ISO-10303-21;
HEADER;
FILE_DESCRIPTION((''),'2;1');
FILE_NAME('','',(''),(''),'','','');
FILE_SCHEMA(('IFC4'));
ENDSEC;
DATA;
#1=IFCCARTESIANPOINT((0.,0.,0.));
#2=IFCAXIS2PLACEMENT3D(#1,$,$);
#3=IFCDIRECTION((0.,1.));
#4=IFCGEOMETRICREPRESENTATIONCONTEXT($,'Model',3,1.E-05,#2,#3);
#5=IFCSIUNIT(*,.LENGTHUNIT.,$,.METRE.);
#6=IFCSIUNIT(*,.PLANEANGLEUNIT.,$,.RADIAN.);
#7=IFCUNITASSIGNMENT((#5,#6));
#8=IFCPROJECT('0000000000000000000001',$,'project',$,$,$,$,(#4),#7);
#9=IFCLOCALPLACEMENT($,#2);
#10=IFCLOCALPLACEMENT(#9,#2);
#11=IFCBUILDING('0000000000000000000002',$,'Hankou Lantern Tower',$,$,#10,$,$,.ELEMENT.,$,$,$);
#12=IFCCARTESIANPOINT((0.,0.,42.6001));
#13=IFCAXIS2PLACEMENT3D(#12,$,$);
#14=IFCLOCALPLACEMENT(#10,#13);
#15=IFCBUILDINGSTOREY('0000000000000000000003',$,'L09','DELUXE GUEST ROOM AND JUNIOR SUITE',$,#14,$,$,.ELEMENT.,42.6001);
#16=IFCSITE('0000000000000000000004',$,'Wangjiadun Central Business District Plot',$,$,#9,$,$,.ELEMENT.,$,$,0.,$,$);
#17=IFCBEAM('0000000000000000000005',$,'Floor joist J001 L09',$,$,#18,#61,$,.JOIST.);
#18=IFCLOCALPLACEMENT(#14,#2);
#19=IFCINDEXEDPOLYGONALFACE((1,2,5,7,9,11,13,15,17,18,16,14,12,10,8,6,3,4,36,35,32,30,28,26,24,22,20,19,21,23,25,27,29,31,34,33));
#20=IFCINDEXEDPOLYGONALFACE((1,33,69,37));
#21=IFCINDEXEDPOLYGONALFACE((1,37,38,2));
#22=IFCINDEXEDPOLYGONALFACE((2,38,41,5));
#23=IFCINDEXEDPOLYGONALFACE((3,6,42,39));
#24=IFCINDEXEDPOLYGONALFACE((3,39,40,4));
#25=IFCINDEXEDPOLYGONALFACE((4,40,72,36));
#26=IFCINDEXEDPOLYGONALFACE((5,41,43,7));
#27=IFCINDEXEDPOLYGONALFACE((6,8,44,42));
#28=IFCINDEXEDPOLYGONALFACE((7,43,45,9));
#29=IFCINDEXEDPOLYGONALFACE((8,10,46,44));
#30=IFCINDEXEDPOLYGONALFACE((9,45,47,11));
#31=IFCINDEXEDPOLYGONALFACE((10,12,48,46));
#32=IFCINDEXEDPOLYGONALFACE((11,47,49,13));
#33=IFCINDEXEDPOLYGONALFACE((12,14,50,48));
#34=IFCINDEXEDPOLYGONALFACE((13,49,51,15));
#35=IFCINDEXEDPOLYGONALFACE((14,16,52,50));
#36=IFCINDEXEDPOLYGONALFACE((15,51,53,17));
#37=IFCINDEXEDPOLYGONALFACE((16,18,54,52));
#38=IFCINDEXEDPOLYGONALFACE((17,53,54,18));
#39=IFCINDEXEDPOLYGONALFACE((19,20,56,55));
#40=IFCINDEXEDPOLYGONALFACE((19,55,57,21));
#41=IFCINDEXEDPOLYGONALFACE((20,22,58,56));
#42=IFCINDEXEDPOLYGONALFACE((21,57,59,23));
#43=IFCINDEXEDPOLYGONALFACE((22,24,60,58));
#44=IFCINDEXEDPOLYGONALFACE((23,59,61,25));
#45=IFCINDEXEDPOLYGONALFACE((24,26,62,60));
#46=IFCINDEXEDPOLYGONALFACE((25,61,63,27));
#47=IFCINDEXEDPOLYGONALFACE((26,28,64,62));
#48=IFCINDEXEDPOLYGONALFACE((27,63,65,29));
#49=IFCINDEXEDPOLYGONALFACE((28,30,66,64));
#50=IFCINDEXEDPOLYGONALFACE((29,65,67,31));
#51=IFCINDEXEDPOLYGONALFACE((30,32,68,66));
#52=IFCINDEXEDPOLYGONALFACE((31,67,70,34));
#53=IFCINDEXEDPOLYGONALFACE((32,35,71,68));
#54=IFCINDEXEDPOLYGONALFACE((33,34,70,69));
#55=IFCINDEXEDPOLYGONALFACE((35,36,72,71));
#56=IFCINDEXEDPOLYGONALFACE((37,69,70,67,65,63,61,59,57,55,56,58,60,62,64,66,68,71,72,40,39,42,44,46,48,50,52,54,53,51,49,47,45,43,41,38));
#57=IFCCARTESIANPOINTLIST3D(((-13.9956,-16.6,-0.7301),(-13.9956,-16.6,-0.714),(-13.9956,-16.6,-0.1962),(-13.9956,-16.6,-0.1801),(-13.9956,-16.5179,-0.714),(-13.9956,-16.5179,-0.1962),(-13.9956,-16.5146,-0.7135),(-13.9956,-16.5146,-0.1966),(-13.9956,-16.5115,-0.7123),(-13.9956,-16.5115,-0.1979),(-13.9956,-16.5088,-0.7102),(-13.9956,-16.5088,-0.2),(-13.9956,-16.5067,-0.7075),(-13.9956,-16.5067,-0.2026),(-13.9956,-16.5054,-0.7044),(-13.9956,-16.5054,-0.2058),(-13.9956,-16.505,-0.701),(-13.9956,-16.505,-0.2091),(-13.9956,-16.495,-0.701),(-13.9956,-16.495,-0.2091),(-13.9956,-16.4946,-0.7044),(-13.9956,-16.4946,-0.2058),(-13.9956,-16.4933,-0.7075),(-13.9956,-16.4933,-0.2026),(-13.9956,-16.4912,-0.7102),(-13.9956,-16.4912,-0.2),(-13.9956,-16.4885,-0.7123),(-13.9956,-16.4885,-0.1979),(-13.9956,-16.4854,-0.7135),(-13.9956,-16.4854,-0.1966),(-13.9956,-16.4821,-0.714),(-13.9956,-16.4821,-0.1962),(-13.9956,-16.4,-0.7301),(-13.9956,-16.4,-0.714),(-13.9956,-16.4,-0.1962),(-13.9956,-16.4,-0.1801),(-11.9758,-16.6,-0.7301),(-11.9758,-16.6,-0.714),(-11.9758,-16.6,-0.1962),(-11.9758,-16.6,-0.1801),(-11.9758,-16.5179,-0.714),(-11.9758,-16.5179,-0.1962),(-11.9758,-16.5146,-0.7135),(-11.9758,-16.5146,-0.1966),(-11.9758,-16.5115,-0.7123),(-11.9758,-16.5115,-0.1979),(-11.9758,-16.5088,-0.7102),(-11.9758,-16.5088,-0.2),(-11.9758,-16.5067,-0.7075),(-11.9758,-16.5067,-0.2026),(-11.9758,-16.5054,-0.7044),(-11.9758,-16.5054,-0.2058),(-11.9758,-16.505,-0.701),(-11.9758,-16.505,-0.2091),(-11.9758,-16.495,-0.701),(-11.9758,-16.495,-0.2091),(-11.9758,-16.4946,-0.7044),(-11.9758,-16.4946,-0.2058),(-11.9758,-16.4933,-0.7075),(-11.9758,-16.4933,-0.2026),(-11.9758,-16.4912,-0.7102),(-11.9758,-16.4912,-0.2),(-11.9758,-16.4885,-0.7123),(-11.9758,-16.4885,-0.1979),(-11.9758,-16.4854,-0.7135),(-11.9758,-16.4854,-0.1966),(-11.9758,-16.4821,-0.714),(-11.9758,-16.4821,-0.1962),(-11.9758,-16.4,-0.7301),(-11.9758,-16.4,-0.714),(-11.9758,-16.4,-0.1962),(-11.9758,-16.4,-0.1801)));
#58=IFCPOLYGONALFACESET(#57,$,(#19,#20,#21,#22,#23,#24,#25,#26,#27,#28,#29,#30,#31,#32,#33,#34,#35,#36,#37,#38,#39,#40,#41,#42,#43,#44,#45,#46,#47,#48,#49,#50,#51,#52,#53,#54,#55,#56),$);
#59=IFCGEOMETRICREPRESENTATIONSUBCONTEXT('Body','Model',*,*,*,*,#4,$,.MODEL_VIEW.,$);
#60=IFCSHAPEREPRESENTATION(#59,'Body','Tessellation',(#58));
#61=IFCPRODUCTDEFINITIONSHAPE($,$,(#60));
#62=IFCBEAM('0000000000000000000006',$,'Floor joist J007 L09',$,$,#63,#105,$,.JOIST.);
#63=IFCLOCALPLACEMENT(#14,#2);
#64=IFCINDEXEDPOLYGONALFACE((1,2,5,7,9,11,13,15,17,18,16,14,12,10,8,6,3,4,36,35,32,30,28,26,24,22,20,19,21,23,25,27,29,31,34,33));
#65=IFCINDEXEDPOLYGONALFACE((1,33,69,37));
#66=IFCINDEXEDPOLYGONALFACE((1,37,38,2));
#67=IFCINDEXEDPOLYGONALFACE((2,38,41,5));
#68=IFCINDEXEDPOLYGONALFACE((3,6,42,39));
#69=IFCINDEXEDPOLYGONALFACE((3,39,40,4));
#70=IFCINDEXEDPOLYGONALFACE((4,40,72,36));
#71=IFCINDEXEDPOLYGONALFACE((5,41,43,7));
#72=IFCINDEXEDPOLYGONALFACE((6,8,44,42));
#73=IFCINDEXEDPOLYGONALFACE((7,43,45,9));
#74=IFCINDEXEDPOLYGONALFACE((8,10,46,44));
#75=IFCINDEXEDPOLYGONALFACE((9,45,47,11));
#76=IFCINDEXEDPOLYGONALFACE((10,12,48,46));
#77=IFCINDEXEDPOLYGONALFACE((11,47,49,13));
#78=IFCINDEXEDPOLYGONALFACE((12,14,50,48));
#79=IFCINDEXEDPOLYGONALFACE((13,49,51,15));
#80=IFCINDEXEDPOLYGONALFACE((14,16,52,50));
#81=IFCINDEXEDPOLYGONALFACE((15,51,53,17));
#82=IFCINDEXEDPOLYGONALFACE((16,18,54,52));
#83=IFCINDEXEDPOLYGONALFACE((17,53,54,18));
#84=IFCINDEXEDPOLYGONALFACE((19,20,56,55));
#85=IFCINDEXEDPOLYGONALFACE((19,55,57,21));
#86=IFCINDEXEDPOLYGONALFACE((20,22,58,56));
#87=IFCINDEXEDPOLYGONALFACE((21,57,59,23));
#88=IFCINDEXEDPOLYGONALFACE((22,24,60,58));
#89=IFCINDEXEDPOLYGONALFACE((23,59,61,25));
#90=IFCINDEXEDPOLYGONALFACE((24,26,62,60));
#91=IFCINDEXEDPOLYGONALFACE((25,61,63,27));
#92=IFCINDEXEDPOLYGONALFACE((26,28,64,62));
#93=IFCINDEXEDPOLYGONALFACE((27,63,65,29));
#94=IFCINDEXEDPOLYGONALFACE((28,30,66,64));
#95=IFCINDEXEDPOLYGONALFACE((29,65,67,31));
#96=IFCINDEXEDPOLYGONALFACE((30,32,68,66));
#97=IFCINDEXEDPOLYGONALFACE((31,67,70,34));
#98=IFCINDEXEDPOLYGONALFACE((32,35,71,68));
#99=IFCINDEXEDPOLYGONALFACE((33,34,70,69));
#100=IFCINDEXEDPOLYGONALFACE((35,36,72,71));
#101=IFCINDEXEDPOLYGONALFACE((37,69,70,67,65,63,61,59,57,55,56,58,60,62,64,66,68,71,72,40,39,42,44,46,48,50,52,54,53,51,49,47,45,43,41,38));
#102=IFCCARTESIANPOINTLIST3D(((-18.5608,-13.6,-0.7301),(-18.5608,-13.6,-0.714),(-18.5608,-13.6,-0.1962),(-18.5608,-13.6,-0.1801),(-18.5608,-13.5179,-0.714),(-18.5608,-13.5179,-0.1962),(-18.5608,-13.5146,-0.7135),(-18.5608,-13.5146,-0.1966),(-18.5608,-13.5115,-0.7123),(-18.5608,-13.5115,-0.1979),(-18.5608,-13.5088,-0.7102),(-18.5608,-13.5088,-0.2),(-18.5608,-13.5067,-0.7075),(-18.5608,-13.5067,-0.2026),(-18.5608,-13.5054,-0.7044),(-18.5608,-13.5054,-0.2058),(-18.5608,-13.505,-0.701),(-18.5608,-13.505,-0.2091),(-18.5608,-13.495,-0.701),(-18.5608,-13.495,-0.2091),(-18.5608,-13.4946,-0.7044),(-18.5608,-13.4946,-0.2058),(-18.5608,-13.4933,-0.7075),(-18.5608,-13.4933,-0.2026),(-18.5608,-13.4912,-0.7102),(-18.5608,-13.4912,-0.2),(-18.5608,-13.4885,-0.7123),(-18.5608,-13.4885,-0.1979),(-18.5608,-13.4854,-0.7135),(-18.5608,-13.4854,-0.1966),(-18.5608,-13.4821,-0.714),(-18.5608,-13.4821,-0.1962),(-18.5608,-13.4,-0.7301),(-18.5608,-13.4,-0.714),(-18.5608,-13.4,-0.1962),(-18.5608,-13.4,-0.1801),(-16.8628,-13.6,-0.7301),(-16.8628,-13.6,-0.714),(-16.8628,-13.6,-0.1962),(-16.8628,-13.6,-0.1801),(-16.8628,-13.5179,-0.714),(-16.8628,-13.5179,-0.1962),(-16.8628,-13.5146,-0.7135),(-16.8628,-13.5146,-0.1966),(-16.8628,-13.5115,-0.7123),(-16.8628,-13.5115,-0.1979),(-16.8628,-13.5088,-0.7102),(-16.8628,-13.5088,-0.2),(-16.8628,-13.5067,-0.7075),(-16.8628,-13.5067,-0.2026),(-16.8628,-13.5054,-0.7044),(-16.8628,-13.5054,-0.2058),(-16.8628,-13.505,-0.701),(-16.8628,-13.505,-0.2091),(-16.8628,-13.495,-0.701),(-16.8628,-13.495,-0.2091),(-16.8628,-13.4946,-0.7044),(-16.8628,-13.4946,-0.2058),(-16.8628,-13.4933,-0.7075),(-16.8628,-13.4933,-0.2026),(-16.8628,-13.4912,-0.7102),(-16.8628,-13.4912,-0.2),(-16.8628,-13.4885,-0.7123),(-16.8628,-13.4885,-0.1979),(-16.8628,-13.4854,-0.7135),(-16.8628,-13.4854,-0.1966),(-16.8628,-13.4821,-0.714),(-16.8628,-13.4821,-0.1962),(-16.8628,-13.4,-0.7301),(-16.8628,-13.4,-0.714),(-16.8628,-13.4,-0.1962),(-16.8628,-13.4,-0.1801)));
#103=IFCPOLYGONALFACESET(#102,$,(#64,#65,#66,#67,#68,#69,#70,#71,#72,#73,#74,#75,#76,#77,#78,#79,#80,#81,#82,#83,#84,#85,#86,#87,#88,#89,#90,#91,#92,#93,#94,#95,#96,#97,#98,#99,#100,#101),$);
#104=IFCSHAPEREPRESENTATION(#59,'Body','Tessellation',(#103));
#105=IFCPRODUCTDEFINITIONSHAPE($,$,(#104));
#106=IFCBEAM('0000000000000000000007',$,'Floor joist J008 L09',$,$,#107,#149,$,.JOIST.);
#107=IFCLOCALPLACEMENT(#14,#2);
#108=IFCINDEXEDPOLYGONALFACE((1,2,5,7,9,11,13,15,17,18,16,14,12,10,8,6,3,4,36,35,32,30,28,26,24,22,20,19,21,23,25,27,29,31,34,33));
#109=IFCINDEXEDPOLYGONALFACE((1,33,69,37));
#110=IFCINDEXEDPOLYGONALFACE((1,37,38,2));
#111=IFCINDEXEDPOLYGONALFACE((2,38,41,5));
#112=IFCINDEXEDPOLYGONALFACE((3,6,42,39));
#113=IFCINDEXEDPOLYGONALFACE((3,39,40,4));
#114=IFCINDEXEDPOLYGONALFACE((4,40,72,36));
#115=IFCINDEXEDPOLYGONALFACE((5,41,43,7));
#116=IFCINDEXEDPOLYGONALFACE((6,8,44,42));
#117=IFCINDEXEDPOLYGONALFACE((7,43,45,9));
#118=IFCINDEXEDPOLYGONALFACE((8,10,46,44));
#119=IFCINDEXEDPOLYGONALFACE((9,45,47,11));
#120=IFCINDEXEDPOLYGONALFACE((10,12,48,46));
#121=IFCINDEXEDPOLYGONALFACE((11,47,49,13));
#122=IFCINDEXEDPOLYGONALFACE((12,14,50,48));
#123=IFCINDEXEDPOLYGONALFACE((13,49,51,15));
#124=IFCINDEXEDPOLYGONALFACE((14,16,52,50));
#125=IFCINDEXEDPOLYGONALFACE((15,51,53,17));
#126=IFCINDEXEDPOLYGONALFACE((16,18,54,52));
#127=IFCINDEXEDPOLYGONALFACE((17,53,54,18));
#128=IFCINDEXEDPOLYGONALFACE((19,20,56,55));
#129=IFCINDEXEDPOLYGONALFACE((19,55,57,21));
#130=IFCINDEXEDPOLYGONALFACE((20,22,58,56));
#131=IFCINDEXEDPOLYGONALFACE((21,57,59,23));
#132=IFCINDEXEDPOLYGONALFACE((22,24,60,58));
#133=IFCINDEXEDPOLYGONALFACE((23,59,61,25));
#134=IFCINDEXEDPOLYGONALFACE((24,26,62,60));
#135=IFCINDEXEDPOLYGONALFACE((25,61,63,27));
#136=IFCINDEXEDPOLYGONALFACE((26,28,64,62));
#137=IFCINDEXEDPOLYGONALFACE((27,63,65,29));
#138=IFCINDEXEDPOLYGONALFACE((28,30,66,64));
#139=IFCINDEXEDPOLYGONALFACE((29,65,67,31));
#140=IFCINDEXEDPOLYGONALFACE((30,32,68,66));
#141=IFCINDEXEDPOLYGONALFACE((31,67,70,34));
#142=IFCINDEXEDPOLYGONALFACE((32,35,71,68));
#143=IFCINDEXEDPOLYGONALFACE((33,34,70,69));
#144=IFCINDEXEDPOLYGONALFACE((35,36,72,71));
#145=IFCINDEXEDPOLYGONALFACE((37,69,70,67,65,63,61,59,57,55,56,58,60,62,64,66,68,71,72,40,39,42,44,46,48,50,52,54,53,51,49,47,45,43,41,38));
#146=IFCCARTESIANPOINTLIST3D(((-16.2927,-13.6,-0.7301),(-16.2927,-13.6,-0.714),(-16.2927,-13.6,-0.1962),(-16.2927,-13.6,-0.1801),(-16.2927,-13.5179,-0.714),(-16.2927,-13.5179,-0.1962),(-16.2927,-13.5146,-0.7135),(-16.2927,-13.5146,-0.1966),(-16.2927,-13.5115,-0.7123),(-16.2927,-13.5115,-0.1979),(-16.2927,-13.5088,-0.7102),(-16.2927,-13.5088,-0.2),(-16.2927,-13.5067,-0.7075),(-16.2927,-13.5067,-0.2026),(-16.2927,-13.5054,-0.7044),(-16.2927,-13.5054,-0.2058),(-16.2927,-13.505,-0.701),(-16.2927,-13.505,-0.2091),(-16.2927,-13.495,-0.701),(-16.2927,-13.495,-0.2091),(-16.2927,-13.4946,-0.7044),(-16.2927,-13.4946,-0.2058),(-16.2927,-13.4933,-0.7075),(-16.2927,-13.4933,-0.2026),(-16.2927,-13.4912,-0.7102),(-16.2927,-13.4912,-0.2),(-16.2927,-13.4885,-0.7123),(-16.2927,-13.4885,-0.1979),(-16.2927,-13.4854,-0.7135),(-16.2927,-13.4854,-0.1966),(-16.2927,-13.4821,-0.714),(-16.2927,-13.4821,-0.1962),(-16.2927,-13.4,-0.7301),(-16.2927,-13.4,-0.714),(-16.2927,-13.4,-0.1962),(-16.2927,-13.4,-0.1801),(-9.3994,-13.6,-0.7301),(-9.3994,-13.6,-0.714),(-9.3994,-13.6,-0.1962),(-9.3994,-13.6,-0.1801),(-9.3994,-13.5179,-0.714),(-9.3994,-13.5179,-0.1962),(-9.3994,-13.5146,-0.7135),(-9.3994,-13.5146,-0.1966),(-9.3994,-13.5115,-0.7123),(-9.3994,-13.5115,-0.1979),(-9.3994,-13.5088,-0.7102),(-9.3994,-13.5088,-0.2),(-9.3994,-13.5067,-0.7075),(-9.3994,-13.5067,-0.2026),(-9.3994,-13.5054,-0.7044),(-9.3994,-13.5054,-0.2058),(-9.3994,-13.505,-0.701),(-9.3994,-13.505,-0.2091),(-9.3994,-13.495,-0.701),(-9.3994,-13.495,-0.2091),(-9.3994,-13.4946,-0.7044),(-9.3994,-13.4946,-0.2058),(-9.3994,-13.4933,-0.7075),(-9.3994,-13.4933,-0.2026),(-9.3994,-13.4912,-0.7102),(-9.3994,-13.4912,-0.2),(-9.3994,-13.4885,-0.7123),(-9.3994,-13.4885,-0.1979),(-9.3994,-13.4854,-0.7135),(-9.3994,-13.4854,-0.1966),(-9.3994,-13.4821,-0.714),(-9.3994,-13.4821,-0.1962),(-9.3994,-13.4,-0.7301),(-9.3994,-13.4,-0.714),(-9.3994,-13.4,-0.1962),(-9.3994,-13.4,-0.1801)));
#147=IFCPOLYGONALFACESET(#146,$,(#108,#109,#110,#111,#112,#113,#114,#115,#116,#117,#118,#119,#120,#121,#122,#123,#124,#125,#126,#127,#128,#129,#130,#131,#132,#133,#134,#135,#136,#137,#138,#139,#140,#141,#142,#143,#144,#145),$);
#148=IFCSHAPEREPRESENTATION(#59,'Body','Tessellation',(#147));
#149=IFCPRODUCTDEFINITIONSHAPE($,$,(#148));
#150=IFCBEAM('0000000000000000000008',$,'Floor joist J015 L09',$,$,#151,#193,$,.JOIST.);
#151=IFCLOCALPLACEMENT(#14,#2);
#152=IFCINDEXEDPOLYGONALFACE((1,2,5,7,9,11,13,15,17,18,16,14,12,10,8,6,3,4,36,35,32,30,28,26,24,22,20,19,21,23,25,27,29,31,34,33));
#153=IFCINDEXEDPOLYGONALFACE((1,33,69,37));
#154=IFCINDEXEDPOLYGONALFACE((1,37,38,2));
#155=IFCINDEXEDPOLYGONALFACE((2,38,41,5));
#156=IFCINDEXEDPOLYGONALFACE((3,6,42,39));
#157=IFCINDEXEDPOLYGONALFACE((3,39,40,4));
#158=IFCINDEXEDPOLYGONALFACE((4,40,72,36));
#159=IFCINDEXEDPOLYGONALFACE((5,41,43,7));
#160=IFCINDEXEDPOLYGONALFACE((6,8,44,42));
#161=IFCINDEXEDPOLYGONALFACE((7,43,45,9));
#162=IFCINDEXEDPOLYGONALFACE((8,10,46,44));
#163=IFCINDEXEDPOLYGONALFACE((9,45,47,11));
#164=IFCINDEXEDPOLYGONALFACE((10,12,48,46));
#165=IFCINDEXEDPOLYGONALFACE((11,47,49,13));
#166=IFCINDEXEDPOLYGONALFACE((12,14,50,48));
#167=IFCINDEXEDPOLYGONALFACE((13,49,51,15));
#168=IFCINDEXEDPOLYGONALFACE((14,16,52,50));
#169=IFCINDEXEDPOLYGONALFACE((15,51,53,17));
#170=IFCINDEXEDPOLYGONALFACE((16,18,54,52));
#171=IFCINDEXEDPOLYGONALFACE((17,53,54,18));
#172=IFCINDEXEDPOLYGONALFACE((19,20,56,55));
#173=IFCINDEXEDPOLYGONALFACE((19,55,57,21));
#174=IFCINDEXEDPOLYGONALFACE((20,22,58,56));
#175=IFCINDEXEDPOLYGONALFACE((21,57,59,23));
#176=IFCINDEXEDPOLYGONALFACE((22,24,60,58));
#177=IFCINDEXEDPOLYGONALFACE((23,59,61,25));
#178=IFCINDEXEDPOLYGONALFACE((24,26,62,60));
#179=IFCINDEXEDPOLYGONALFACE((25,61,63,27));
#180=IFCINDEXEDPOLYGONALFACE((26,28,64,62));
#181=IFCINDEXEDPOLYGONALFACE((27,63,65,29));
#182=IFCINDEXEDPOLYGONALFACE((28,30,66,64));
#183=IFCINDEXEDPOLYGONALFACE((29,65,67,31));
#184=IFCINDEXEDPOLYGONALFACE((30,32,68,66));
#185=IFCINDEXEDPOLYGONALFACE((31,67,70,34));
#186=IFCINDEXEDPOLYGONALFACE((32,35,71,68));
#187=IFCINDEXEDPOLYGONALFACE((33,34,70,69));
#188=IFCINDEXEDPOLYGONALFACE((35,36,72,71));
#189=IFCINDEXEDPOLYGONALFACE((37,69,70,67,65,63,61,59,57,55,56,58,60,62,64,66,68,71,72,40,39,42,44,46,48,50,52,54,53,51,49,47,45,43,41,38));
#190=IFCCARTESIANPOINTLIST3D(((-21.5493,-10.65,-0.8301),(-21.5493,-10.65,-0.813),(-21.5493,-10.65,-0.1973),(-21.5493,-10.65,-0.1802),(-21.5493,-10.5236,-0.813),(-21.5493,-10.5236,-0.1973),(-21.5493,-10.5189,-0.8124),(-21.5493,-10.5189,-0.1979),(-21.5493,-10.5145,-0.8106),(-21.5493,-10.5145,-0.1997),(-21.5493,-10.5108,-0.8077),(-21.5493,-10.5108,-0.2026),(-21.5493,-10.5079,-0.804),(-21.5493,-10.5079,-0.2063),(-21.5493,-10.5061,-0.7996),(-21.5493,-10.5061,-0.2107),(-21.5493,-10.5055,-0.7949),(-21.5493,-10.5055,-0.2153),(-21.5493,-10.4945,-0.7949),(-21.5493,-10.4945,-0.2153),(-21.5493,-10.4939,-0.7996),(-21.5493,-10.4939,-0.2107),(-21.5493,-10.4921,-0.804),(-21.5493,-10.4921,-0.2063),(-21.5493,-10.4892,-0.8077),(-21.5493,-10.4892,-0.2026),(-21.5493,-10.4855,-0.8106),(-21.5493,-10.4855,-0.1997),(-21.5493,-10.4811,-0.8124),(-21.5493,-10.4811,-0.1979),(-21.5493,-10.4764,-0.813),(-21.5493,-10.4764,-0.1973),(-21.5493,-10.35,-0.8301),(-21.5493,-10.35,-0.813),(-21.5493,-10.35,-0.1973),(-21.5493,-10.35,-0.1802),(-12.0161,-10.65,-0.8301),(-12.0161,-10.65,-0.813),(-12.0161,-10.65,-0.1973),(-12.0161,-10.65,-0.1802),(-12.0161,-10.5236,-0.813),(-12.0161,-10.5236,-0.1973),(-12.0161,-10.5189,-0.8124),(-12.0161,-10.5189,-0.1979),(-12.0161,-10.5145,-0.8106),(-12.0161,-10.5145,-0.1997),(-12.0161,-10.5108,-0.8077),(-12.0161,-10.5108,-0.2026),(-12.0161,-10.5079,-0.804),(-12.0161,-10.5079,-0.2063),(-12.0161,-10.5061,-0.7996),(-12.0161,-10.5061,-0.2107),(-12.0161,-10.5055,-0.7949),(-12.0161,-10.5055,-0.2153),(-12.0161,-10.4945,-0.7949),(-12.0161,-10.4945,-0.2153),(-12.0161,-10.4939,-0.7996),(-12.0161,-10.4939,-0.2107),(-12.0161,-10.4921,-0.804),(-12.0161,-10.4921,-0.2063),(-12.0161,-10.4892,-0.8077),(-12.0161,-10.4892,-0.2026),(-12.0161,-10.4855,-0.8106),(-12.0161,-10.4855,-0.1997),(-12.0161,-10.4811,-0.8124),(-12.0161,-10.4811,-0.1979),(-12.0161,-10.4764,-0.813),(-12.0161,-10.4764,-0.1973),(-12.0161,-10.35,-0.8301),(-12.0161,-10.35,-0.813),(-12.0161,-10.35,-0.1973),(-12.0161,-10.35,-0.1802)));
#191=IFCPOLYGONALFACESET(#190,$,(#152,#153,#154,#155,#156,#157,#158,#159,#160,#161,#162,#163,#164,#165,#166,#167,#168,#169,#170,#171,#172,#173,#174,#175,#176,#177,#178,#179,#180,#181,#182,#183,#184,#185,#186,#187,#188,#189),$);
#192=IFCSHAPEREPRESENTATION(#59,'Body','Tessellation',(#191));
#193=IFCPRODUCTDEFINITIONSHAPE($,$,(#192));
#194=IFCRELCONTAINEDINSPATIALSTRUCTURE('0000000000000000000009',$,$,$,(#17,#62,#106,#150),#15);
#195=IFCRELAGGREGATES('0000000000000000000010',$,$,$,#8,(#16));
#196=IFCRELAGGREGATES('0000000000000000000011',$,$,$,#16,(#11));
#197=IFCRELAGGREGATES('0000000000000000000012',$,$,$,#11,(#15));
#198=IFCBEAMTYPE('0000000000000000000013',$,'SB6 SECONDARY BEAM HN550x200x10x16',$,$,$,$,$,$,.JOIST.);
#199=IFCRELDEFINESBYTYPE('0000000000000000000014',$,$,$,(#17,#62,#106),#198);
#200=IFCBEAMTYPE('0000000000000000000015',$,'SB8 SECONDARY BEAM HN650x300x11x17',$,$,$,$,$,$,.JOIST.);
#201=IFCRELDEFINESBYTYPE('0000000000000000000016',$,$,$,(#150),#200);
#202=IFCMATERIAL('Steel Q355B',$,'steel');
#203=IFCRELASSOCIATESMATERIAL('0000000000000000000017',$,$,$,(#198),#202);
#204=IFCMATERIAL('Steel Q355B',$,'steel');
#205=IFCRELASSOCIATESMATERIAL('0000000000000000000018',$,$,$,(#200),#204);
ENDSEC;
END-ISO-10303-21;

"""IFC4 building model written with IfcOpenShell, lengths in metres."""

from ifc_helpers import new_model, si_unit, direction, frame, origin, origin_2d, place, context, subcontext, project, spatial, i_section, extrude, material, material_profile, profile_set, type_object, element, save


model = new_model("IFC4")

# Units and contexts
model_context = context("Model", 3, precision=1e-05, world=origin(), true_north=direction((0.0, 1.0)))
body_context = subcontext(model_context, "Body", "Model", "MODEL_VIEW")
ifc_project = project(units=[si_unit("LENGTHUNIT", "METRE"), si_unit("PLANEANGLEUNIT", "RADIAN")], contexts=[model_context])

# Site, building, storey
site_placement = place(None, origin())
site = spatial("IfcSite", under=ifc_project, at=site_placement, Name="Wangjiadun Central Business District Plot", CompositionType="ELEMENT", RefElevation=0.0)
building_placement = place(site_placement, origin())
building = spatial("IfcBuilding", under=site, at=building_placement, Name="Hankou Lantern Tower", CompositionType="ELEMENT")
storey_placement = place(building_placement, frame((0.0, 0.0, 42.6001)))
storey = spatial("IfcBuildingStorey", under=building, at=storey_placement, Name="L09", Description="DELUXE GUEST ROOM AND JUNIOR SUITE", CompositionType="ELEMENT", Elevation=42.6001)

# Beams
ifc_material_1 = material(Name="Steel Q355B", Category="steel")
ifc_material_profile_1 = material_profile(ifc_material_1, i_section(OverallWidth=0.2, OverallDepth=0.55, WebThickness=0.01, FlangeThickness=0.0161, FilletRadius=0.0129, at=origin_2d()), Name="HN550x200x10x16")
ifc_profile_set_1 = profile_set([ifc_material_profile_1], Name="Steel Q355B")
beam_type_1 = type_object("IfcBeamType", Name="SB6 SECONDARY BEAM HN550x200x10x16", PredefinedType="JOIST", material=ifc_profile_set_1)
beam_1_placement = place(storey_placement, frame((-13.9956, -16.5, -0.4551), z_axis=(1.0, 0.0, 0.0), x_axis=(0.0, 1.0, 0.0)))
element("IfcBeam", 1, at=beam_1_placement, inside=storey, type_object=beam_type_1, Name="Floor joist J001 L09", PredefinedType="JOIST", context=body_context, shape_type="SweptSolid", body=[
    extrude(i_section(OverallWidth=0.2, OverallDepth=0.55, WebThickness=0.01, FlangeThickness=0.0161, FilletRadius=0.0129, at=origin_2d()), origin(), (0.0, 0.0, 1.0), 2.0198),
])
beam_2_placement = place(storey_placement, frame((-18.5608, -13.5, -0.4551), z_axis=(1.0, 0.0, 0.0), x_axis=(0.0, 1.0, 0.0)))
element("IfcBeam", 2, at=beam_2_placement, inside=storey, type_object=beam_type_1, Name="Floor joist J007 L09", PredefinedType="JOIST", context=body_context, shape_type="SweptSolid", body=[
    extrude(i_section(OverallWidth=0.2, OverallDepth=0.55, WebThickness=0.01, FlangeThickness=0.0161, FilletRadius=0.0129, at=origin_2d()), origin(), (0.0, 0.0, 1.0), 1.698),
])
beam_3_placement = place(storey_placement, frame((-16.2927, -13.5, -0.4551), z_axis=(1.0, 0.0, 0.0), x_axis=(0.0, 1.0, 0.0)))
element("IfcBeam", 3, at=beam_3_placement, inside=storey, type_object=beam_type_1, Name="Floor joist J008 L09", PredefinedType="JOIST", context=body_context, shape_type="SweptSolid", body=[
    extrude(i_section(OverallWidth=0.2, OverallDepth=0.55, WebThickness=0.01, FlangeThickness=0.0161, FilletRadius=0.0129, at=origin_2d()), origin(), (0.0, 0.0, 1.0), 6.8933),
])
ifc_material_2 = material(Name="Steel Q355B", Category="steel")
ifc_material_profile_2 = material_profile(ifc_material_2, i_section(OverallWidth=0.3, OverallDepth=0.6499, WebThickness=0.011, FlangeThickness=0.0171, FilletRadius=0.0181, at=origin_2d()), Name="HN650x300x11x17")
ifc_profile_set_2 = profile_set([ifc_material_profile_2], Name="Steel Q355B")
beam_type_2 = type_object("IfcBeamType", Name="SB8 SECONDARY BEAM HN650x300x11x17", PredefinedType="JOIST", material=ifc_profile_set_2)
beam_4_placement = place(storey_placement, frame((-21.5493, -10.5, -0.5051), z_axis=(1.0, 0.0, 0.0), x_axis=(0.0, 1.0, 0.0)))
element("IfcBeam", 4, at=beam_4_placement, inside=storey, type_object=beam_type_2, Name="Floor joist J015 L09", PredefinedType="JOIST", context=body_context, shape_type="SweptSolid", body=[
    extrude(i_section(OverallWidth=0.3, OverallDepth=0.6499, WebThickness=0.011, FlangeThickness=0.0171, FilletRadius=0.0181, at=origin_2d()), origin(), (0.0, 0.0, 1.0), 9.5332),
])

save(model, "model.ifc")
